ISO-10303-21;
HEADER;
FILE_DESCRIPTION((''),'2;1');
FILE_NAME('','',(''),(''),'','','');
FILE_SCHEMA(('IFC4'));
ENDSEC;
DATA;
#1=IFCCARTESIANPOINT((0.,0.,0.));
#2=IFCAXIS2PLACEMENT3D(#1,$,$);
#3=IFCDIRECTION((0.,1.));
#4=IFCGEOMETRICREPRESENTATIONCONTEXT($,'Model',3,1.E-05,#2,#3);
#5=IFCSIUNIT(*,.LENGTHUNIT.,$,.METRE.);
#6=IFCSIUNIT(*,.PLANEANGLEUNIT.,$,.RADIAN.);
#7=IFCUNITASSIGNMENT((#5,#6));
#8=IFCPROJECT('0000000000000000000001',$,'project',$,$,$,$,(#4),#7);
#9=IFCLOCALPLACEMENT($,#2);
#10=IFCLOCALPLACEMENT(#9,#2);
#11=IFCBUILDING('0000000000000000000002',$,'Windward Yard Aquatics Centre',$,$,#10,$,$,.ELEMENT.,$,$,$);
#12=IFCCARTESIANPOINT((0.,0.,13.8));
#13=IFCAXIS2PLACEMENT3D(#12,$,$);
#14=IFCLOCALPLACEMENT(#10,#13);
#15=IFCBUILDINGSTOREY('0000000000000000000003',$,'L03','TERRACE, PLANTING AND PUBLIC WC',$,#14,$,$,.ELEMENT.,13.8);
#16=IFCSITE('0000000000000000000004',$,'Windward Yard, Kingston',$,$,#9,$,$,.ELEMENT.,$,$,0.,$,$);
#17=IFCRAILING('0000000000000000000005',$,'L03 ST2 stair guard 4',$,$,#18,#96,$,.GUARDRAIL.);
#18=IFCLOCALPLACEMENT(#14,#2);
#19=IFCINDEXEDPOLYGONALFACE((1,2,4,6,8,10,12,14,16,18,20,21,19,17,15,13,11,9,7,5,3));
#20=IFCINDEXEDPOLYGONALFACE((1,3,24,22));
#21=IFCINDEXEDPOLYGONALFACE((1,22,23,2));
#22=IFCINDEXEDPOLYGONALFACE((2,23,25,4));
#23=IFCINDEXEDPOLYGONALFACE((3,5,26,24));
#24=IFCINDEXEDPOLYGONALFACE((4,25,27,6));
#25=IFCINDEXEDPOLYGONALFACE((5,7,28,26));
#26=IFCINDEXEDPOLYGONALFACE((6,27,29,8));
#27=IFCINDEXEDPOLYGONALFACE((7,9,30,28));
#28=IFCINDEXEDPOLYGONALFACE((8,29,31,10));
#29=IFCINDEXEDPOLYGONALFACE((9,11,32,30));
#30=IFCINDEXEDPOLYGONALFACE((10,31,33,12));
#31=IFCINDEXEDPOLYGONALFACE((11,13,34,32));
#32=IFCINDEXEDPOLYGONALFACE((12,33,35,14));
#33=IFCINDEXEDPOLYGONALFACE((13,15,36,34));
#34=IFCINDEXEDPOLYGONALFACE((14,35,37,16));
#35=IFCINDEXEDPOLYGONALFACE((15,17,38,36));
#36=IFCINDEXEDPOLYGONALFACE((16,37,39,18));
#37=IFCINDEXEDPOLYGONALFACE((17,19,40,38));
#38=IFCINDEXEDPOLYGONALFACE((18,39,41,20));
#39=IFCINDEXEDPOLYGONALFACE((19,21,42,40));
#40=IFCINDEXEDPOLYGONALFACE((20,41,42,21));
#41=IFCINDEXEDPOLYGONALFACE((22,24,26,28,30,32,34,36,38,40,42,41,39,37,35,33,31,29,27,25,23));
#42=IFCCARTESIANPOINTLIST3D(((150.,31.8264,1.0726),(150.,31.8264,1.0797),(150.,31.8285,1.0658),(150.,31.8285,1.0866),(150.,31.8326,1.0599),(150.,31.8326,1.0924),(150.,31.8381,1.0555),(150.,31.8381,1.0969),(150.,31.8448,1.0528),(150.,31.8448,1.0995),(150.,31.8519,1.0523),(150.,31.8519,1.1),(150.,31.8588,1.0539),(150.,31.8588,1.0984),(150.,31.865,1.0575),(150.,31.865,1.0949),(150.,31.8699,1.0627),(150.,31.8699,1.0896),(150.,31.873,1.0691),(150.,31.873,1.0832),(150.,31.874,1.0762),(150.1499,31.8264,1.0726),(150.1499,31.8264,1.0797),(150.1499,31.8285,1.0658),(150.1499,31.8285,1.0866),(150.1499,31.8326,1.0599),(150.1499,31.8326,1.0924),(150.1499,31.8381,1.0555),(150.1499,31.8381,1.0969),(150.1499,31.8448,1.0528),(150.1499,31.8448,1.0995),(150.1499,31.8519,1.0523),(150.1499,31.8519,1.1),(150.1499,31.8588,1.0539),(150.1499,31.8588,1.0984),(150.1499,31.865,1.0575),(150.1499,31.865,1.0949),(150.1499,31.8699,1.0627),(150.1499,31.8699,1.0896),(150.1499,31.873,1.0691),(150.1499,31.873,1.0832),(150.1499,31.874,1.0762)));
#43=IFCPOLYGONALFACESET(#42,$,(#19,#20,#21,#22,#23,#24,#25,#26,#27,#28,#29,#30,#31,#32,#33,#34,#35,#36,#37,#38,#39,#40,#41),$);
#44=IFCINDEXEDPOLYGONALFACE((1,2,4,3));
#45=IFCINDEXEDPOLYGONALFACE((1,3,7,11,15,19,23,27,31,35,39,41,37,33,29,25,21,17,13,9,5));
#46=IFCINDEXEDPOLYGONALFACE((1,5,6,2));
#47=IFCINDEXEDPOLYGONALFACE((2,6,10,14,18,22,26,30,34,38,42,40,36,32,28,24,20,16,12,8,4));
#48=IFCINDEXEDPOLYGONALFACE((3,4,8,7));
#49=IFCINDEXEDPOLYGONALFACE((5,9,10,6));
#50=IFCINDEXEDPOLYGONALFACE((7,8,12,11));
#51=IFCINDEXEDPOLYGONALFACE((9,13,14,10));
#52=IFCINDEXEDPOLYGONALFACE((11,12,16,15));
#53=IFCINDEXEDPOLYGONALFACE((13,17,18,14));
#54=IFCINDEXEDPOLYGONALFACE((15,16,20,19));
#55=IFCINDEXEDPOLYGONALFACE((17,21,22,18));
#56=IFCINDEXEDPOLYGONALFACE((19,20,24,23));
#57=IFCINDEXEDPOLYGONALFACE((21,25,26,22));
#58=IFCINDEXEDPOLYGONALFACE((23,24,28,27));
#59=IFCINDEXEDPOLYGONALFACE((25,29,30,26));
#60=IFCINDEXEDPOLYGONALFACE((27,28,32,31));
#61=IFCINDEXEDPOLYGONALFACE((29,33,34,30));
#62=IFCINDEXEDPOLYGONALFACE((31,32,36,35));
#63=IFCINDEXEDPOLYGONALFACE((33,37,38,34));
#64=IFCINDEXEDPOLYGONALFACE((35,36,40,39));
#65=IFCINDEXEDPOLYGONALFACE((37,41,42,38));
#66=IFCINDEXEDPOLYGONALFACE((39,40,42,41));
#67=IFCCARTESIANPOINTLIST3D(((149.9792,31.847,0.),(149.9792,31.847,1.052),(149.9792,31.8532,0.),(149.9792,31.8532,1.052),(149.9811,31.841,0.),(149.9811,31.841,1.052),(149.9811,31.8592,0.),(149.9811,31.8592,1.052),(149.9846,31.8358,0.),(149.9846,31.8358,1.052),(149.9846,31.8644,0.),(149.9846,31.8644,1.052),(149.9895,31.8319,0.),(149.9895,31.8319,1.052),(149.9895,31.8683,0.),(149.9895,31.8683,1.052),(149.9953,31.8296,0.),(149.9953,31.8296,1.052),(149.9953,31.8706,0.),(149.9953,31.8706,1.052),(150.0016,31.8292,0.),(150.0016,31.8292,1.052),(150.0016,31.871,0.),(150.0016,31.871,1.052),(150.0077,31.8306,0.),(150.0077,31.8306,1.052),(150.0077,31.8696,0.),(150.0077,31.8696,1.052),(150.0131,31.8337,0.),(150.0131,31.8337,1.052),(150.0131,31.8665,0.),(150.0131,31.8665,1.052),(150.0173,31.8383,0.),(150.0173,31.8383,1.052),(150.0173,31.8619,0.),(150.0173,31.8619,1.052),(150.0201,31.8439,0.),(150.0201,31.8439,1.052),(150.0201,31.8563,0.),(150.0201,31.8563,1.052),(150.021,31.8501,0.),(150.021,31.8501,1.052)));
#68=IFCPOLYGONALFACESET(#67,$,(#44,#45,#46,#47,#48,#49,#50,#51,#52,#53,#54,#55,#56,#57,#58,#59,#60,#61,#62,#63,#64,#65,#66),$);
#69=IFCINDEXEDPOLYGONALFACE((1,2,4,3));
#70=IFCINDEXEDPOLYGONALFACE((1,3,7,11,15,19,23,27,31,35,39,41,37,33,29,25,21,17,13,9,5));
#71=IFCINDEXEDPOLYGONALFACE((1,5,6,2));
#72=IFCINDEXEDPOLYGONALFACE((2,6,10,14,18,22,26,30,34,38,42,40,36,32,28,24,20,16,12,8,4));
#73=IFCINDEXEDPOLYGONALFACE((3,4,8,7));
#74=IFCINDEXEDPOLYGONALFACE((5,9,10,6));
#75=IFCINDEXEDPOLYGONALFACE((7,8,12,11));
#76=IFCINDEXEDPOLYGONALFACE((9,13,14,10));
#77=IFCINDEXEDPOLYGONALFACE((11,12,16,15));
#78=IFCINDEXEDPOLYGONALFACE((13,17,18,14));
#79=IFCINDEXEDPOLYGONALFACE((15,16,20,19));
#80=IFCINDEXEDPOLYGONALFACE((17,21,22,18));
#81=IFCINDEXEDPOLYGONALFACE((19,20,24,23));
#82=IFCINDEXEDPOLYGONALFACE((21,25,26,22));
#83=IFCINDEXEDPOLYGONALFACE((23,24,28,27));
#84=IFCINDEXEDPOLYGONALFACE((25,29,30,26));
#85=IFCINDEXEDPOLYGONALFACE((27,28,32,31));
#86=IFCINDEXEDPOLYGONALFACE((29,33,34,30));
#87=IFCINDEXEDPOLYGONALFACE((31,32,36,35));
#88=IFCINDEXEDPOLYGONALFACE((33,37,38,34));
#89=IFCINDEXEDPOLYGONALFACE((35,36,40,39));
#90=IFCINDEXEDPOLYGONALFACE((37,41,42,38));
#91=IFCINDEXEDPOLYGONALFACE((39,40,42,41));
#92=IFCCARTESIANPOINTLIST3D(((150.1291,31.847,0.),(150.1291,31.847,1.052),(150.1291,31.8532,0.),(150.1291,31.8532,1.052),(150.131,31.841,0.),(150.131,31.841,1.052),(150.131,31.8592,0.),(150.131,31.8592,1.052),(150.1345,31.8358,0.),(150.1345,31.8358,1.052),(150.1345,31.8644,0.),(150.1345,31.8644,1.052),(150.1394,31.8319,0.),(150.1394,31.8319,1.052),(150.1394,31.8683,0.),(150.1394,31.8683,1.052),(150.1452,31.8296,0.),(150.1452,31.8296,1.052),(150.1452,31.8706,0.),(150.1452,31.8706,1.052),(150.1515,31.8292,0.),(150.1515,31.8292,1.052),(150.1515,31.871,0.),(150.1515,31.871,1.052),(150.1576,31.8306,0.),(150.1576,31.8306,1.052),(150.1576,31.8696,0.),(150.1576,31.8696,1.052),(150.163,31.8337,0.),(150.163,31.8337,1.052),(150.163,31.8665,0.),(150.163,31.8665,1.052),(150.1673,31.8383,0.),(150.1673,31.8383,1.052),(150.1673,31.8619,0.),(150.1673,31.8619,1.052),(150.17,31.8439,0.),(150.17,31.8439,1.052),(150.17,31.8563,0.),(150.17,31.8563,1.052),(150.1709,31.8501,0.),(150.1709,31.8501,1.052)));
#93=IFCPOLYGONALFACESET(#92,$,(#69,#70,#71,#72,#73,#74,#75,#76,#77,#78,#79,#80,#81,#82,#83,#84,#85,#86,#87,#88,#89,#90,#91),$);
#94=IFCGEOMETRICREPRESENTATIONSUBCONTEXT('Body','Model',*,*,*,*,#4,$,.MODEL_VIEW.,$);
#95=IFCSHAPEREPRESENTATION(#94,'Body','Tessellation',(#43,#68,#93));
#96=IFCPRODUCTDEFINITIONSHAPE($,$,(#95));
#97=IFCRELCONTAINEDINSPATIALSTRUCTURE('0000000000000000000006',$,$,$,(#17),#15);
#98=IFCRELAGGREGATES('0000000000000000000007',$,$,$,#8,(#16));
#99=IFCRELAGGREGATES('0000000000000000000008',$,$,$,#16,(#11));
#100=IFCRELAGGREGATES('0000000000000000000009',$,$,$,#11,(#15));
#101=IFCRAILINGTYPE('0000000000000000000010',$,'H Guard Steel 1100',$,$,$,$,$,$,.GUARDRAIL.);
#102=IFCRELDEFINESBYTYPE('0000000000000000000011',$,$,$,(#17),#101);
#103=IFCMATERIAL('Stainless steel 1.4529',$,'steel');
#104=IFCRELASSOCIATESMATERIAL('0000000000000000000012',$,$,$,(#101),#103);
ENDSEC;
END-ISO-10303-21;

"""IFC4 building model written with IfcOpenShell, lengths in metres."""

from ifc_helpers import new_model, si_unit, direction, frame, origin, origin_2d, place, context, subcontext, project, spatial, circle, extrude, material, type_object, element, save


model = new_model("IFC4")

# Units and contexts
model_context = context("Model", 3, precision=1e-05, world=origin(), true_north=direction((0.0, 1.0)))
body_context = subcontext(model_context, "Body", "Model", "MODEL_VIEW")
ifc_project = project(units=[si_unit("LENGTHUNIT", "METRE"), si_unit("PLANEANGLEUNIT", "RADIAN")], contexts=[model_context])

# Site, building, storey
site_placement = place(None, origin())
site = spatial("IfcSite", under=ifc_project, at=site_placement, Name="Windward Yard, Kingston", CompositionType="ELEMENT", RefElevation=0.0)
building_placement = place(site_placement, origin())
building = spatial("IfcBuilding", under=site, at=building_placement, Name="Windward Yard Aquatics Centre", CompositionType="ELEMENT")
storey_placement = place(building_placement, frame((0.0, 0.0, 13.8)))
storey = spatial("IfcBuildingStorey", under=building, at=storey_placement, Name="L03", Description="TERRACE, PLANTING AND PUBLIC WC", CompositionType="ELEMENT", Elevation=13.8)

# Railing
ifc_material_1 = material(Name="Stainless steel 1.4529", Category="steel")
railing_type_1 = type_object("IfcRailingType", Name="H Guard Steel 1100", PredefinedType="GUARDRAIL", material=ifc_material_1)
railing_1_placement = place(storey_placement, frame((150.0, 31.8501, 0.0)))
element("IfcRailing", 1, at=railing_1_placement, inside=storey, type_object=railing_type_1, Name="L03 ST2 stair guard 4", PredefinedType="GUARDRAIL", context=body_context, shape_type="SweptSolid", body=[
    extrude(circle(Radius=0.0239, at=origin_2d()), frame((0.0, 0.0, 1.0762), z_axis=(1.0, 0.0, 0.0), x_axis=(0.0, 1.0, 0.0)), (0.0, 0.0, 1.0), 0.1499),
    extrude(circle(Radius=0.021, at=origin_2d()), origin(), (0.0, 0.0, 1.0), 1.052),
    extrude(circle(Radius=0.021, at=origin_2d()), frame((0.1499, 0.0, 0.0)), (0.0, 0.0, 1.0), 1.052),
])

save(model, "model.ifc")
